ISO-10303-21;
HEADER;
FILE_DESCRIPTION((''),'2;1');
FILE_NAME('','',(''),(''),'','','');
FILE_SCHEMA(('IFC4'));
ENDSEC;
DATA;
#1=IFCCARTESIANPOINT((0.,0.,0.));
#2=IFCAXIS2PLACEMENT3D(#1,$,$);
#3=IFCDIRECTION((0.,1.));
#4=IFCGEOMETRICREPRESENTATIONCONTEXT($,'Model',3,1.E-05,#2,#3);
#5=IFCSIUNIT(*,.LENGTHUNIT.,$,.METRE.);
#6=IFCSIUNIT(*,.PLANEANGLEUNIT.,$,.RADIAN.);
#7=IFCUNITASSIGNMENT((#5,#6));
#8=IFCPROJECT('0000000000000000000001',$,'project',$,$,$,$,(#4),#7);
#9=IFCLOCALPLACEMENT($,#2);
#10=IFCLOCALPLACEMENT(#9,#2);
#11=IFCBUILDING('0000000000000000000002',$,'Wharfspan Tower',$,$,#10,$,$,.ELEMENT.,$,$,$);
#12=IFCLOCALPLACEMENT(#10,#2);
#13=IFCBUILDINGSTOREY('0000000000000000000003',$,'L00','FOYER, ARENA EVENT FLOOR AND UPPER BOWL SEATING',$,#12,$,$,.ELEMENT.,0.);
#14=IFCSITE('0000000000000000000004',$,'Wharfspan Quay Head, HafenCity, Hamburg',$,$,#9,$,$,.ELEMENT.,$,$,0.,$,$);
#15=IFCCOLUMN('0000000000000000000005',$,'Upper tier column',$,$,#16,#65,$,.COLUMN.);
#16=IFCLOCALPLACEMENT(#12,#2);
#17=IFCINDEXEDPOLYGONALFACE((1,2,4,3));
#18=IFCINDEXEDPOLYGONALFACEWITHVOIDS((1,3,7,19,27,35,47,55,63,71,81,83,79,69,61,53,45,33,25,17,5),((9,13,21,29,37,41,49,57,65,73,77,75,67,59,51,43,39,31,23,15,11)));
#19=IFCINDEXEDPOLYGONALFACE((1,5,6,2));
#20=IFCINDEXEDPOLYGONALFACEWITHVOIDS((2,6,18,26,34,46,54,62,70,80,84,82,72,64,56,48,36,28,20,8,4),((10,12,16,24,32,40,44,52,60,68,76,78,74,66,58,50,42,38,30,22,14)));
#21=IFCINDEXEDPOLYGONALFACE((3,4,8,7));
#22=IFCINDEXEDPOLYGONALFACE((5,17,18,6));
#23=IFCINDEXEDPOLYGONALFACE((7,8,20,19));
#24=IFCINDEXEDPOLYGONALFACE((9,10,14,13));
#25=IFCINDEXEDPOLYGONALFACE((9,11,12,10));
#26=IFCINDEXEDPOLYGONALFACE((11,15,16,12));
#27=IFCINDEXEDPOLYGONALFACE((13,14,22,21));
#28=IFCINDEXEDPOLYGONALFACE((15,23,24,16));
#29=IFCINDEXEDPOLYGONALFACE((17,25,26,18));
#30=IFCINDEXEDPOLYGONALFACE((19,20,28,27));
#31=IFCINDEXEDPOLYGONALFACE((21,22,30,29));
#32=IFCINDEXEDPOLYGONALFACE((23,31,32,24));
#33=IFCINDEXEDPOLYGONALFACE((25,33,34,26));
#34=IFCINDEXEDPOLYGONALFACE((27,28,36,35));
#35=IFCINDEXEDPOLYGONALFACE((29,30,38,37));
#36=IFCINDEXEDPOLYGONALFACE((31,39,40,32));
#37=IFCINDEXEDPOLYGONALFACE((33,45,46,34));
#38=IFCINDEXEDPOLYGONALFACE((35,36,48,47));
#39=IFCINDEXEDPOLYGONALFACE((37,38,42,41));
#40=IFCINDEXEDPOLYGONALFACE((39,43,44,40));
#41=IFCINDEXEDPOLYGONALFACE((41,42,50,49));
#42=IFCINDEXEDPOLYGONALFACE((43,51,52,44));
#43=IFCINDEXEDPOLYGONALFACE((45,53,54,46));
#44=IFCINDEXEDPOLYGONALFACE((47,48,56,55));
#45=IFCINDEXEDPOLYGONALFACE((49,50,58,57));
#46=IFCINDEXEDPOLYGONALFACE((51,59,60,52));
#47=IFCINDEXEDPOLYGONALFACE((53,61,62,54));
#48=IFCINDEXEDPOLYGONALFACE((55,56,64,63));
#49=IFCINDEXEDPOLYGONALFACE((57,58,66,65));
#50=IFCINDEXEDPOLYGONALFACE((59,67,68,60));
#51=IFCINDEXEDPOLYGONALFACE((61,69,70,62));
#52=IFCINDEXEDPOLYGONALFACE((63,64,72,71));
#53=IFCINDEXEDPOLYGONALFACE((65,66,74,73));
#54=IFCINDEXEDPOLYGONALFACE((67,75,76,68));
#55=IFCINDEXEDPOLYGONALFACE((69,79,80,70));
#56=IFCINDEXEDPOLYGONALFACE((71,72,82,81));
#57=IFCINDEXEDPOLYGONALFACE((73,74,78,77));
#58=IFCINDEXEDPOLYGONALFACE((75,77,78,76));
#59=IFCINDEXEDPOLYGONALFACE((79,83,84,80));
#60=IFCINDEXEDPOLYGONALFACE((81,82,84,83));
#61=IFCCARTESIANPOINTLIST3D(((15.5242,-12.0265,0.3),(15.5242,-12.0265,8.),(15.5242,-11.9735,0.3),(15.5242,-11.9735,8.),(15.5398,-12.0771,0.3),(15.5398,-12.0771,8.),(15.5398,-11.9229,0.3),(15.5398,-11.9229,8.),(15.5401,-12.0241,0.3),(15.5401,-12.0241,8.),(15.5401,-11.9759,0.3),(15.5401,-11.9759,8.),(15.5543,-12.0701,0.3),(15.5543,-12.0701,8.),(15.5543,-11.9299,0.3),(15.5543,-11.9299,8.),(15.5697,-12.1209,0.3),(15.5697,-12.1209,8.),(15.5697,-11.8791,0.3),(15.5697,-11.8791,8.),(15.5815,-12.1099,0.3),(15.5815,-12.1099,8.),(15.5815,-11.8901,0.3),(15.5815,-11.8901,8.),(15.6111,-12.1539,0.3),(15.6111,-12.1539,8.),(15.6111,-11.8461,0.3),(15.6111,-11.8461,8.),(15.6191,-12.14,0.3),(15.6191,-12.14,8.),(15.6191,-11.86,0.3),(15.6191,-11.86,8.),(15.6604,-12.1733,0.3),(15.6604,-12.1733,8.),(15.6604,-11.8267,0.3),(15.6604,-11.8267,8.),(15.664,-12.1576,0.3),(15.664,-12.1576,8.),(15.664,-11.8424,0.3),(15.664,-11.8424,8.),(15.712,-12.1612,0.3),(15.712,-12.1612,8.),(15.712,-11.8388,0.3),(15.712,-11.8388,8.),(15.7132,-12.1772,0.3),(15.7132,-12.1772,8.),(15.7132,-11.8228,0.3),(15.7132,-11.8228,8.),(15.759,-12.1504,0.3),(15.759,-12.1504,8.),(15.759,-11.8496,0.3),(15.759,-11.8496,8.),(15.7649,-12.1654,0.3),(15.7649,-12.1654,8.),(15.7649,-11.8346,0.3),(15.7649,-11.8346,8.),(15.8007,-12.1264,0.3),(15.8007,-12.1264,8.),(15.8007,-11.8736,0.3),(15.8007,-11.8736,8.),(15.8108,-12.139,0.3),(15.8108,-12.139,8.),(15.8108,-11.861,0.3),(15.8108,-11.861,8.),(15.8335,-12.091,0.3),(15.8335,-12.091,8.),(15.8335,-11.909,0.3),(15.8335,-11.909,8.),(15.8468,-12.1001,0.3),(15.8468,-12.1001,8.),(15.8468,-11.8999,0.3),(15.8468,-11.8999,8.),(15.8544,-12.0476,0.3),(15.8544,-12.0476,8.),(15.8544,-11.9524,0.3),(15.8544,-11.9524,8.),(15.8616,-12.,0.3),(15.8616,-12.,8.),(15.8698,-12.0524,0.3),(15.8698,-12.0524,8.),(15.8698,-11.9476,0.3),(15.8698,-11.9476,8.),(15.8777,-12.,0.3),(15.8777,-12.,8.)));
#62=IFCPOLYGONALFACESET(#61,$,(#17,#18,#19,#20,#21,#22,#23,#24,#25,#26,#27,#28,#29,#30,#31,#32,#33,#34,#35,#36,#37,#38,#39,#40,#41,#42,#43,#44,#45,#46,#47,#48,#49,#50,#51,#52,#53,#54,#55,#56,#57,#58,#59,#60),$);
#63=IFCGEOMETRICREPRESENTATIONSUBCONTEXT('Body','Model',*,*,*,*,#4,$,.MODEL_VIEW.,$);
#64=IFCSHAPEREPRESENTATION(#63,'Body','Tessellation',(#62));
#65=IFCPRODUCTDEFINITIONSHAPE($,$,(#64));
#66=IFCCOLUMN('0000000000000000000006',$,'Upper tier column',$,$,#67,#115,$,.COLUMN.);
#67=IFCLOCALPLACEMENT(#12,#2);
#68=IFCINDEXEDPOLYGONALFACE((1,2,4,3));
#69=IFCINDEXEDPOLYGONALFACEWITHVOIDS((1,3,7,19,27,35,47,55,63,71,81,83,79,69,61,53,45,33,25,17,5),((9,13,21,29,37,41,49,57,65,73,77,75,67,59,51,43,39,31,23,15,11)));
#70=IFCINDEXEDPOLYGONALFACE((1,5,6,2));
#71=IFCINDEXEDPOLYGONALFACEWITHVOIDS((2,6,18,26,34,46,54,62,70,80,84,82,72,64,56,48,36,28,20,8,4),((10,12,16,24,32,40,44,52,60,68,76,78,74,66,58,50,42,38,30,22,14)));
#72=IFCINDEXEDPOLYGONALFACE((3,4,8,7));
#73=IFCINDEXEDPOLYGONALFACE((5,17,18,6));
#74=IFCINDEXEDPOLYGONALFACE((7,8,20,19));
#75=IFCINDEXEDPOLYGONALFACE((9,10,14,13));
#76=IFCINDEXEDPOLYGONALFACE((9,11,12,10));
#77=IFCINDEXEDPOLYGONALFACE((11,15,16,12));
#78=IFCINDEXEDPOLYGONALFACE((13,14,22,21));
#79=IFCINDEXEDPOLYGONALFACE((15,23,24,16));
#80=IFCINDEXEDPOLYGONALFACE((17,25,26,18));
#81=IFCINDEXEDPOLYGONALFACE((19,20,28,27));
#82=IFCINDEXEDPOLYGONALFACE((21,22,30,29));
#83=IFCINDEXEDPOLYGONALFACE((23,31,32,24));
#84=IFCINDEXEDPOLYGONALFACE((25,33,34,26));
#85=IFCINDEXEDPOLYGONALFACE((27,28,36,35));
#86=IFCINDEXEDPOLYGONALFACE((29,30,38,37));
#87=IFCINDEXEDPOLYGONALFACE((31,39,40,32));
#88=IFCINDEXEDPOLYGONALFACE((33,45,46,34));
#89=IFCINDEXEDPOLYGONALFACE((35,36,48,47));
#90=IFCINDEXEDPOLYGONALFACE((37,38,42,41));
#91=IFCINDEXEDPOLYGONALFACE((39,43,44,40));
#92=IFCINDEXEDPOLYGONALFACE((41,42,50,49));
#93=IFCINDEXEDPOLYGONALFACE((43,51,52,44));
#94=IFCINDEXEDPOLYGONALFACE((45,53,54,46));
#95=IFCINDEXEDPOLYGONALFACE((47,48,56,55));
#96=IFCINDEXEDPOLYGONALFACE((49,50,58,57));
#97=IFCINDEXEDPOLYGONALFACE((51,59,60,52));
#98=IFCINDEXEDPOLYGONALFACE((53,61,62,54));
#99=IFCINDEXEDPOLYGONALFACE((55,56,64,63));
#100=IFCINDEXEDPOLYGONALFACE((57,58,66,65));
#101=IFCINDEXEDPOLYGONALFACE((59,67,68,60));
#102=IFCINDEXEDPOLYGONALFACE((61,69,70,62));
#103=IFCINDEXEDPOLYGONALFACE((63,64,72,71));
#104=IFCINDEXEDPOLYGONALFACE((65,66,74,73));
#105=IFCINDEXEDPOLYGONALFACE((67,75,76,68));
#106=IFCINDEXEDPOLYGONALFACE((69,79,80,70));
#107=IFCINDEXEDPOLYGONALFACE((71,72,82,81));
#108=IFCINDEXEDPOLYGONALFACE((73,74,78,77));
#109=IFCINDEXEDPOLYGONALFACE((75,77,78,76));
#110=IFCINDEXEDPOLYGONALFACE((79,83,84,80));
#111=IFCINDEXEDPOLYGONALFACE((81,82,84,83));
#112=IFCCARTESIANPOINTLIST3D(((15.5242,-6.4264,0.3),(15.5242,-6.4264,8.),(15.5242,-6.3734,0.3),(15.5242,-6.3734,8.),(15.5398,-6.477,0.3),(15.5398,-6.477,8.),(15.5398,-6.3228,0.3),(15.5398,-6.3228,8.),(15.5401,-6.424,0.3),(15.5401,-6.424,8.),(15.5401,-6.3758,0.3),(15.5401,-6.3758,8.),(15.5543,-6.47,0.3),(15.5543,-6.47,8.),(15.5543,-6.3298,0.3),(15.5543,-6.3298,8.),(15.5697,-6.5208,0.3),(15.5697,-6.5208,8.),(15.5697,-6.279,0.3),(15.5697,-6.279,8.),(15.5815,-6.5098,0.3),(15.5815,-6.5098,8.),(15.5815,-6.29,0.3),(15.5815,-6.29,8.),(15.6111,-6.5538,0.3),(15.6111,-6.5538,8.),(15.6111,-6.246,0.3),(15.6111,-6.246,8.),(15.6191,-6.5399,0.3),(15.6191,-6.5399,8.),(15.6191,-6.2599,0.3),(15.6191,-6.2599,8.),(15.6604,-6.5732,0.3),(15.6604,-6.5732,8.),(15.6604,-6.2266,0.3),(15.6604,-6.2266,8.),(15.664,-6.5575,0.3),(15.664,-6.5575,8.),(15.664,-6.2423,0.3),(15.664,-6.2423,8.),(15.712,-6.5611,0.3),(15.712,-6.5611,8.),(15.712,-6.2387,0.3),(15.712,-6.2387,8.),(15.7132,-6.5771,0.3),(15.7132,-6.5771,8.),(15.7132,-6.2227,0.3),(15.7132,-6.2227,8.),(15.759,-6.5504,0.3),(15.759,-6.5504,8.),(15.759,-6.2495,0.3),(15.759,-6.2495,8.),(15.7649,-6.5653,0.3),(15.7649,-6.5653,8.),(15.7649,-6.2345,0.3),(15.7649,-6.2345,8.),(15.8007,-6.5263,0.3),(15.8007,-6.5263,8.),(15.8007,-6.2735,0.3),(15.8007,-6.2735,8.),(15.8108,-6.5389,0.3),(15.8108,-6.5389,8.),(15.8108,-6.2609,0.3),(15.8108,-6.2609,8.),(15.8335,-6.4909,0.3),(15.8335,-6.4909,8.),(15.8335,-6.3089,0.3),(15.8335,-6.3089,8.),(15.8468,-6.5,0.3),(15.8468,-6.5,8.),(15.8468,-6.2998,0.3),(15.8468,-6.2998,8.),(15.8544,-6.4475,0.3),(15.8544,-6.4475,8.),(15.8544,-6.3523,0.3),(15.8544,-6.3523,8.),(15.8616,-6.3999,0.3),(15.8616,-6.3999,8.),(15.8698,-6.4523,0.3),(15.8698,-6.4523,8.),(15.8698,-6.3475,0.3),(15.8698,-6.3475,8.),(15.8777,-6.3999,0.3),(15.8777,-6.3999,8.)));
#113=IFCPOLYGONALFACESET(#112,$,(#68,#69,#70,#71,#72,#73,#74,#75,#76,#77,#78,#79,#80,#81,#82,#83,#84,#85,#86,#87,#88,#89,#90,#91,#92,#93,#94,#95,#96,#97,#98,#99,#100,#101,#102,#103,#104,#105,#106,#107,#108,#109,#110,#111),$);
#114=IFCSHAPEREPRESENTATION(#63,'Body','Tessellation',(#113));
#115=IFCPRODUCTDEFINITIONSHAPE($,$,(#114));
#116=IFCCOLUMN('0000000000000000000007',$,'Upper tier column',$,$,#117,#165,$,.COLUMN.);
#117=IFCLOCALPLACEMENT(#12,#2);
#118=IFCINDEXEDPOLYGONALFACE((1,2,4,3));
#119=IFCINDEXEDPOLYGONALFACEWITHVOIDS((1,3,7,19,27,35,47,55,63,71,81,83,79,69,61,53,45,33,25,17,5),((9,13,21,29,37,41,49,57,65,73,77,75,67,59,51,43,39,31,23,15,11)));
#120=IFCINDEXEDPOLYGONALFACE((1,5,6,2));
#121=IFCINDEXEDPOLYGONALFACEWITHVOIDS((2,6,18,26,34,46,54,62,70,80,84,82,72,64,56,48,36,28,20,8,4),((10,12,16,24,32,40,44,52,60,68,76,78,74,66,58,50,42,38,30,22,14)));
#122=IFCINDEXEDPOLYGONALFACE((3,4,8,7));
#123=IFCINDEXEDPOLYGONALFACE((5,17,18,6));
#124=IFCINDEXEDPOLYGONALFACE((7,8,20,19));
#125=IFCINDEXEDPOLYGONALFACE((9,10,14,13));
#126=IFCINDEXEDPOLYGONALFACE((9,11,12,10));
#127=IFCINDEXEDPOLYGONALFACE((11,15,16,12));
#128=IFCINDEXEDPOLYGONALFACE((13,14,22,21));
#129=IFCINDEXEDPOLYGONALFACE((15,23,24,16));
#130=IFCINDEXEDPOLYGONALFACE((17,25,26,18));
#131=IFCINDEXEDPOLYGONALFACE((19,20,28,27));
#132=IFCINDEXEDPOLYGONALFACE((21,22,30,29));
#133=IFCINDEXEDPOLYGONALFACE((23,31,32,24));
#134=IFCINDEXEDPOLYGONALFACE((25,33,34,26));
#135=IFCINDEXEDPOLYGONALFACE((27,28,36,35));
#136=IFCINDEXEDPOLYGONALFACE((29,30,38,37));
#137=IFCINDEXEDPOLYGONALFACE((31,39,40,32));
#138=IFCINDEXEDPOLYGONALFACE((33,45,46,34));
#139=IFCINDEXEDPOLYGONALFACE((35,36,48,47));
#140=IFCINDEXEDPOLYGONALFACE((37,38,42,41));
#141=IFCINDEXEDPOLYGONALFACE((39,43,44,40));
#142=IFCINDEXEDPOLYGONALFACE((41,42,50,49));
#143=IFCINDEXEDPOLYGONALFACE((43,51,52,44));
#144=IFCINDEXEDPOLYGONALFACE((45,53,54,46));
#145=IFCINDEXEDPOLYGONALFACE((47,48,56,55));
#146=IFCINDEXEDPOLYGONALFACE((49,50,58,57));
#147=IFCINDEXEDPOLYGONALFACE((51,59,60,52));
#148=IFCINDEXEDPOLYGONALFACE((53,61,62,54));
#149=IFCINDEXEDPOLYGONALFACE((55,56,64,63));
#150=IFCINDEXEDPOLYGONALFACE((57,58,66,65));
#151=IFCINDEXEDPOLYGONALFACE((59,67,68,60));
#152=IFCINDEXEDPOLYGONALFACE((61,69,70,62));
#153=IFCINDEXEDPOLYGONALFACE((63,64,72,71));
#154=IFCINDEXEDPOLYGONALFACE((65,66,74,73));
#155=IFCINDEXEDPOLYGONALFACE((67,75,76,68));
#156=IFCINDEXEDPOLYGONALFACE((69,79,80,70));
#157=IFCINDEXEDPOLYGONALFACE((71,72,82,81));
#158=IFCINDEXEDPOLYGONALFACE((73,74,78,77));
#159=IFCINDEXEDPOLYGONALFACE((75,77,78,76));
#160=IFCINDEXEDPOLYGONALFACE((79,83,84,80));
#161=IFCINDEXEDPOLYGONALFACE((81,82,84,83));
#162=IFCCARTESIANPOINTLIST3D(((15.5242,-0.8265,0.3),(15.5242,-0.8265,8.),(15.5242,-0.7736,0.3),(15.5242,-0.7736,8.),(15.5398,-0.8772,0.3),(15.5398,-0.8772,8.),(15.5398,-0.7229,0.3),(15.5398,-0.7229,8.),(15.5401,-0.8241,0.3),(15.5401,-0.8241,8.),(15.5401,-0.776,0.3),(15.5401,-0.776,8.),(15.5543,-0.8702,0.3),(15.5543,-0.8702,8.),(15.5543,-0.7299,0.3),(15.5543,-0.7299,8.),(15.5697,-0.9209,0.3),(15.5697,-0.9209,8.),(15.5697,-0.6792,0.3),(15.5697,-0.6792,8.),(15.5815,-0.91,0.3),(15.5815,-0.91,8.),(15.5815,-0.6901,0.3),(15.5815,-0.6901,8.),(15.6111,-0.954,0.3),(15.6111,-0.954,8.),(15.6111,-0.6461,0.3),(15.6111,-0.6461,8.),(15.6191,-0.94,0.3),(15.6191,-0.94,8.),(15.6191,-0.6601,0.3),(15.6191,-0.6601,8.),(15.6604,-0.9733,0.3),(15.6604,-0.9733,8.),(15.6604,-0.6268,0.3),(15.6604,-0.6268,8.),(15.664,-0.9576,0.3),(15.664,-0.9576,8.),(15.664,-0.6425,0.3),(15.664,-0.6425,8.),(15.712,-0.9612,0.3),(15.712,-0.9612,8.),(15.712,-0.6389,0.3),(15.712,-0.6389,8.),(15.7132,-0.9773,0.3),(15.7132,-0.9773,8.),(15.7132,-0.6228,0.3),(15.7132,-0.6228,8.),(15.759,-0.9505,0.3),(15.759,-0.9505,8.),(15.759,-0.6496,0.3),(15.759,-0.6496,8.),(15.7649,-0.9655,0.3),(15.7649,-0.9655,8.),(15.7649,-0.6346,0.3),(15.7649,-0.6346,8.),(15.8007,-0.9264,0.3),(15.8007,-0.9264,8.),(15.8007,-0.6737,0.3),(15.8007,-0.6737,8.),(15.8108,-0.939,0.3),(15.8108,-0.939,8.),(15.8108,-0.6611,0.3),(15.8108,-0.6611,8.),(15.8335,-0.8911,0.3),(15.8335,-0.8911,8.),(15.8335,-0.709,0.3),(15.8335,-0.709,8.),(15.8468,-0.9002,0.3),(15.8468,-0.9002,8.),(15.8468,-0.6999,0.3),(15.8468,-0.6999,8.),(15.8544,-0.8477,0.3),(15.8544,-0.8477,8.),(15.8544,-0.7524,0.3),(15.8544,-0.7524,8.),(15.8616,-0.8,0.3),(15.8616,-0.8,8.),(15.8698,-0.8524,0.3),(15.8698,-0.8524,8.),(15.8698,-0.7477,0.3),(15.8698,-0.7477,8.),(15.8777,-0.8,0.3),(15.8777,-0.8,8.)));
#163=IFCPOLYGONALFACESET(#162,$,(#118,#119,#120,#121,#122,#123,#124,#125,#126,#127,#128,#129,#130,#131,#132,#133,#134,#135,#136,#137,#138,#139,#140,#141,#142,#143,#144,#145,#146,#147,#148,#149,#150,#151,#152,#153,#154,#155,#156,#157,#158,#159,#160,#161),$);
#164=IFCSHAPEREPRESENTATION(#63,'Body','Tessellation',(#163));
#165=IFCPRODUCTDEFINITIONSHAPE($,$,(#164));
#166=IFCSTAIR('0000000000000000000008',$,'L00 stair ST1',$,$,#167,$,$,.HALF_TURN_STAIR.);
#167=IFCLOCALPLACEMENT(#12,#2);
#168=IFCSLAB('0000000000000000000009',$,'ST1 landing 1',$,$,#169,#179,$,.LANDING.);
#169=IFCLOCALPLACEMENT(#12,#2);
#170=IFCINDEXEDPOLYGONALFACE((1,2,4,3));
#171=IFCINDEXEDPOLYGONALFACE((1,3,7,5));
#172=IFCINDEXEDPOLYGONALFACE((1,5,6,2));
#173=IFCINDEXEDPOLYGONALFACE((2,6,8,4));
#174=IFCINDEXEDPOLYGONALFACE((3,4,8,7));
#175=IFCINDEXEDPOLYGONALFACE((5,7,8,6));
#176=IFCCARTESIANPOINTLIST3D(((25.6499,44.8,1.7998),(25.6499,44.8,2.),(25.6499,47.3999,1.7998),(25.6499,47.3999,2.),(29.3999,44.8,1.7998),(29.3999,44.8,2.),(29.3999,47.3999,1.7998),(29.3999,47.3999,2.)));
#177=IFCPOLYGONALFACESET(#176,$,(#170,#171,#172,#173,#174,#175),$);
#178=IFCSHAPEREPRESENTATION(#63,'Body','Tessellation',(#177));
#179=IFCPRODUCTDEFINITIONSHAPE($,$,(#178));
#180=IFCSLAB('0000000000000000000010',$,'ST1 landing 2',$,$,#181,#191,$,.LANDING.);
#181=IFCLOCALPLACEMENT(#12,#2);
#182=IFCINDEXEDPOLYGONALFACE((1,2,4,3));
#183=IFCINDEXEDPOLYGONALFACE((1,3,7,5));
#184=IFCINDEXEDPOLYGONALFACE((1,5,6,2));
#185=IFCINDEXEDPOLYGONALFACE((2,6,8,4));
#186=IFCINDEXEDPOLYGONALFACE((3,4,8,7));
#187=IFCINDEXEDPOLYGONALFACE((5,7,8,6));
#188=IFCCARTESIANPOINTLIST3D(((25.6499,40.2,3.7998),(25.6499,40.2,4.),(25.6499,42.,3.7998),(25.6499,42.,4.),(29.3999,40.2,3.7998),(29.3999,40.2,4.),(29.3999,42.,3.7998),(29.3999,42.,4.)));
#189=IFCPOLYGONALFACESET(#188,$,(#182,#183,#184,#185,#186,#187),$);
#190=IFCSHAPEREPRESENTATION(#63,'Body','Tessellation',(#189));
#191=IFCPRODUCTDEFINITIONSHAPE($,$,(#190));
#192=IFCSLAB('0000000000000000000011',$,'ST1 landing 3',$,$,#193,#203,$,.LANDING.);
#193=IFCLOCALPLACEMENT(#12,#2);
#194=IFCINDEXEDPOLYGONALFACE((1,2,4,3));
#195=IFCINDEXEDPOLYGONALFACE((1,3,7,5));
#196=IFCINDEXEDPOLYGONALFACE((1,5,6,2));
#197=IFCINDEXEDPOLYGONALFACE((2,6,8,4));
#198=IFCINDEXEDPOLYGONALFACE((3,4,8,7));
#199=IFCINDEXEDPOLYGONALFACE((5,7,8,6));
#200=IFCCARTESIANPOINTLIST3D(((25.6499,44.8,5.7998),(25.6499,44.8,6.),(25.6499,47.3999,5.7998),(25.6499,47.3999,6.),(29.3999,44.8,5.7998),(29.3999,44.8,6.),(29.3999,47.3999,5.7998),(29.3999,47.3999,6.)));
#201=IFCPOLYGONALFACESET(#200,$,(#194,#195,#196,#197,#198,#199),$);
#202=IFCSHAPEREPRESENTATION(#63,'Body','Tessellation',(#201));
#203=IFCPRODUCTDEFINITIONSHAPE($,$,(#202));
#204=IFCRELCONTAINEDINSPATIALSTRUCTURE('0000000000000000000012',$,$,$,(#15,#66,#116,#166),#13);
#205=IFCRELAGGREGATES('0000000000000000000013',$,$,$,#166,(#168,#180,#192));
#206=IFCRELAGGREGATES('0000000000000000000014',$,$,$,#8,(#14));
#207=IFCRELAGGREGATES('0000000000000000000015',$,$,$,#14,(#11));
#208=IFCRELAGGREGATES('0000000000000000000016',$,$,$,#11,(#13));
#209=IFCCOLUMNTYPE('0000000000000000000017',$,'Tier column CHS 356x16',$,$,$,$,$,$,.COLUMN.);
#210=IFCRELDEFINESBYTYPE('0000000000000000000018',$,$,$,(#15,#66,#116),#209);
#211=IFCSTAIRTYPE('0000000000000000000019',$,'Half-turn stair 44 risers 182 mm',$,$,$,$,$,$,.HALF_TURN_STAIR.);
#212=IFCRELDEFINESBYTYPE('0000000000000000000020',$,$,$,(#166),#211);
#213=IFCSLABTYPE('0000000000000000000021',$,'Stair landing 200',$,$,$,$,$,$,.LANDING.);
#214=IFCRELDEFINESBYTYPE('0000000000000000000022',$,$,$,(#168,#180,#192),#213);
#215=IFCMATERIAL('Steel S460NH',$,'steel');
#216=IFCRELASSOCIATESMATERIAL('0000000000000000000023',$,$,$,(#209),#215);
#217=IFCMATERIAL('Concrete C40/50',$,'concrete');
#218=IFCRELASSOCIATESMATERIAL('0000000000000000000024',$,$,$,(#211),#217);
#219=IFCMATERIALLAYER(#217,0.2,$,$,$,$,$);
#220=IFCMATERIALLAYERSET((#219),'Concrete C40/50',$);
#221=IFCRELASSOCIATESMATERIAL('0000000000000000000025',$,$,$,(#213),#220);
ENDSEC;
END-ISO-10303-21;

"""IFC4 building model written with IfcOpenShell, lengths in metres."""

from ifc_helpers import new_model, si_unit, direction, frame, origin, origin_2d, place, context, subcontext, project, spatial, polyline, hollow_circle, outline, extrude, material, layer, layer_set, material_profile, profile_set, type_object, element, aggregate, save


model = new_model("IFC4")

# Units and contexts
model_context = context("Model", 3, precision=1e-05, world=origin(), true_north=direction((0.0, 1.0)))
body_context = subcontext(model_context, "Body", "Model", "MODEL_VIEW")
ifc_project = project(units=[si_unit("LENGTHUNIT", "METRE"), si_unit("PLANEANGLEUNIT", "RADIAN")], contexts=[model_context])

# Site, building, storey
site_placement = place(None, origin())
site = spatial("IfcSite", under=ifc_project, at=site_placement, Name="Wharfspan Quay Head, HafenCity, Hamburg", CompositionType="ELEMENT", RefElevation=0.0)
building_placement = place(site_placement, origin())
building = spatial("IfcBuilding", under=site, at=building_placement, Name="Wharfspan Tower", CompositionType="ELEMENT")
storey_placement = place(building_placement, origin())
storey = spatial("IfcBuildingStorey", under=building, at=storey_placement, Name="L00", Description="FOYER, ARENA EVENT FLOOR AND UPPER BOWL SEATING", CompositionType="ELEMENT", Elevation=0.0)

# Columns
ifc_material_1 = material(Name="Steel S460NH", Category="steel")
ifc_material_profile_1 = material_profile(ifc_material_1, hollow_circle(Radius=0.1777, WallThickness=0.0161, at=origin_2d()))
ifc_profile_set_1 = profile_set([ifc_material_profile_1], Name="Steel S460NH")
column_type_1 = type_object("IfcColumnType", Name="Tier column CHS 356x16", PredefinedType="COLUMN", material=ifc_profile_set_1)
for number, where, z_axis, x_axis, name in (
    (1, (15.7, -12.0, 0.3), (0.0, 0.0, 1.0), (1.0, 0.0, 0.0), "Upper tier column"),
    (2, (15.7, -6.3999, 0.3), (0.0, 0.0, 1.0), (1.0, 0.0, 0.0), "Upper tier column"),
    (3, (15.7, -0.8, 0.3), (0.0, 0.0, 1.0), (1.0, 0.0, 0.0), "Upper tier column"),
):
    element("IfcColumn", number, at=place(storey_placement, frame(where, z_axis=z_axis, x_axis=x_axis)), inside=storey, type_object=column_type_1, Name=name, PredefinedType="COLUMN", context=body_context, shape_type="SweptSolid", body=[
        extrude(hollow_circle(Radius=0.1777, WallThickness=0.0161, at=origin_2d()), origin(), (0.0, 0.0, 1.0), 7.7),
    ])

# Stair, slabs
ifc_material_2 = material(Name="Concrete C40/50", Category="concrete")
stair_type = type_object("IfcStairType", Name="Half-turn stair 44 risers 182 mm", PredefinedType="HALF_TURN_STAIR", material=ifc_material_2)
stair_1_placement = place(storey_placement, origin())
stair_1 = element("IfcStair", 4, at=stair_1_placement, inside=storey, type_object=stair_type, Name="L00 stair ST1", PredefinedType="HALF_TURN_STAIR")
ifc_layer_1 = layer(ifc_material_2, 0.2)
ifc_layer_set_1 = layer_set([ifc_layer_1], Name="Concrete C40/50")
slab_type = type_object("IfcSlabType", Name="Stair landing 200", PredefinedType="LANDING", material=ifc_layer_set_1)
slab_1_placement = place(storey_placement, frame((0.0, 0.0, 1.7998)))
slab_1 = element("IfcSlab", 5, at=slab_1_placement, type_object=slab_type, Name="ST1 landing 1", PredefinedType="LANDING", context=body_context, shape_type="SweptSolid", body=[
    extrude(outline(polyline([(29.3999, 44.8), (29.3999, 47.3999), (25.6499, 47.3999), (25.6499, 44.8), (29.3999, 44.8)])), origin(), (0.0, 0.0, 1.0), 0.2002),
])
slab_2_placement = place(storey_placement, frame((0.0, 0.0, 3.7998)))
slab_2 = element("IfcSlab", 6, at=slab_2_placement, type_object=slab_type, Name="ST1 landing 2", PredefinedType="LANDING", context=body_context, shape_type="SweptSolid", body=[
    extrude(outline(polyline([(29.3999, 40.2), (29.3999, 42.0), (25.6499, 42.0), (25.6499, 40.2), (29.3999, 40.2)])), origin(), (0.0, 0.0, 1.0), 0.2002),
])
slab_3_placement = place(storey_placement, frame((0.0, 0.0, 5.7998)))
slab_3 = element("IfcSlab", 7, at=slab_3_placement, type_object=slab_type, Name="ST1 landing 3", PredefinedType="LANDING", context=body_context, shape_type="SweptSolid", body=[
    extrude(outline(polyline([(29.3999, 44.8), (29.3999, 47.3999), (25.6499, 47.3999), (25.6499, 44.8), (29.3999, 44.8)])), origin(), (0.0, 0.0, 1.0), 0.2002),
])
aggregate(stair_1, [slab_1, slab_2, slab_3])

save(model, "model.ifc")
